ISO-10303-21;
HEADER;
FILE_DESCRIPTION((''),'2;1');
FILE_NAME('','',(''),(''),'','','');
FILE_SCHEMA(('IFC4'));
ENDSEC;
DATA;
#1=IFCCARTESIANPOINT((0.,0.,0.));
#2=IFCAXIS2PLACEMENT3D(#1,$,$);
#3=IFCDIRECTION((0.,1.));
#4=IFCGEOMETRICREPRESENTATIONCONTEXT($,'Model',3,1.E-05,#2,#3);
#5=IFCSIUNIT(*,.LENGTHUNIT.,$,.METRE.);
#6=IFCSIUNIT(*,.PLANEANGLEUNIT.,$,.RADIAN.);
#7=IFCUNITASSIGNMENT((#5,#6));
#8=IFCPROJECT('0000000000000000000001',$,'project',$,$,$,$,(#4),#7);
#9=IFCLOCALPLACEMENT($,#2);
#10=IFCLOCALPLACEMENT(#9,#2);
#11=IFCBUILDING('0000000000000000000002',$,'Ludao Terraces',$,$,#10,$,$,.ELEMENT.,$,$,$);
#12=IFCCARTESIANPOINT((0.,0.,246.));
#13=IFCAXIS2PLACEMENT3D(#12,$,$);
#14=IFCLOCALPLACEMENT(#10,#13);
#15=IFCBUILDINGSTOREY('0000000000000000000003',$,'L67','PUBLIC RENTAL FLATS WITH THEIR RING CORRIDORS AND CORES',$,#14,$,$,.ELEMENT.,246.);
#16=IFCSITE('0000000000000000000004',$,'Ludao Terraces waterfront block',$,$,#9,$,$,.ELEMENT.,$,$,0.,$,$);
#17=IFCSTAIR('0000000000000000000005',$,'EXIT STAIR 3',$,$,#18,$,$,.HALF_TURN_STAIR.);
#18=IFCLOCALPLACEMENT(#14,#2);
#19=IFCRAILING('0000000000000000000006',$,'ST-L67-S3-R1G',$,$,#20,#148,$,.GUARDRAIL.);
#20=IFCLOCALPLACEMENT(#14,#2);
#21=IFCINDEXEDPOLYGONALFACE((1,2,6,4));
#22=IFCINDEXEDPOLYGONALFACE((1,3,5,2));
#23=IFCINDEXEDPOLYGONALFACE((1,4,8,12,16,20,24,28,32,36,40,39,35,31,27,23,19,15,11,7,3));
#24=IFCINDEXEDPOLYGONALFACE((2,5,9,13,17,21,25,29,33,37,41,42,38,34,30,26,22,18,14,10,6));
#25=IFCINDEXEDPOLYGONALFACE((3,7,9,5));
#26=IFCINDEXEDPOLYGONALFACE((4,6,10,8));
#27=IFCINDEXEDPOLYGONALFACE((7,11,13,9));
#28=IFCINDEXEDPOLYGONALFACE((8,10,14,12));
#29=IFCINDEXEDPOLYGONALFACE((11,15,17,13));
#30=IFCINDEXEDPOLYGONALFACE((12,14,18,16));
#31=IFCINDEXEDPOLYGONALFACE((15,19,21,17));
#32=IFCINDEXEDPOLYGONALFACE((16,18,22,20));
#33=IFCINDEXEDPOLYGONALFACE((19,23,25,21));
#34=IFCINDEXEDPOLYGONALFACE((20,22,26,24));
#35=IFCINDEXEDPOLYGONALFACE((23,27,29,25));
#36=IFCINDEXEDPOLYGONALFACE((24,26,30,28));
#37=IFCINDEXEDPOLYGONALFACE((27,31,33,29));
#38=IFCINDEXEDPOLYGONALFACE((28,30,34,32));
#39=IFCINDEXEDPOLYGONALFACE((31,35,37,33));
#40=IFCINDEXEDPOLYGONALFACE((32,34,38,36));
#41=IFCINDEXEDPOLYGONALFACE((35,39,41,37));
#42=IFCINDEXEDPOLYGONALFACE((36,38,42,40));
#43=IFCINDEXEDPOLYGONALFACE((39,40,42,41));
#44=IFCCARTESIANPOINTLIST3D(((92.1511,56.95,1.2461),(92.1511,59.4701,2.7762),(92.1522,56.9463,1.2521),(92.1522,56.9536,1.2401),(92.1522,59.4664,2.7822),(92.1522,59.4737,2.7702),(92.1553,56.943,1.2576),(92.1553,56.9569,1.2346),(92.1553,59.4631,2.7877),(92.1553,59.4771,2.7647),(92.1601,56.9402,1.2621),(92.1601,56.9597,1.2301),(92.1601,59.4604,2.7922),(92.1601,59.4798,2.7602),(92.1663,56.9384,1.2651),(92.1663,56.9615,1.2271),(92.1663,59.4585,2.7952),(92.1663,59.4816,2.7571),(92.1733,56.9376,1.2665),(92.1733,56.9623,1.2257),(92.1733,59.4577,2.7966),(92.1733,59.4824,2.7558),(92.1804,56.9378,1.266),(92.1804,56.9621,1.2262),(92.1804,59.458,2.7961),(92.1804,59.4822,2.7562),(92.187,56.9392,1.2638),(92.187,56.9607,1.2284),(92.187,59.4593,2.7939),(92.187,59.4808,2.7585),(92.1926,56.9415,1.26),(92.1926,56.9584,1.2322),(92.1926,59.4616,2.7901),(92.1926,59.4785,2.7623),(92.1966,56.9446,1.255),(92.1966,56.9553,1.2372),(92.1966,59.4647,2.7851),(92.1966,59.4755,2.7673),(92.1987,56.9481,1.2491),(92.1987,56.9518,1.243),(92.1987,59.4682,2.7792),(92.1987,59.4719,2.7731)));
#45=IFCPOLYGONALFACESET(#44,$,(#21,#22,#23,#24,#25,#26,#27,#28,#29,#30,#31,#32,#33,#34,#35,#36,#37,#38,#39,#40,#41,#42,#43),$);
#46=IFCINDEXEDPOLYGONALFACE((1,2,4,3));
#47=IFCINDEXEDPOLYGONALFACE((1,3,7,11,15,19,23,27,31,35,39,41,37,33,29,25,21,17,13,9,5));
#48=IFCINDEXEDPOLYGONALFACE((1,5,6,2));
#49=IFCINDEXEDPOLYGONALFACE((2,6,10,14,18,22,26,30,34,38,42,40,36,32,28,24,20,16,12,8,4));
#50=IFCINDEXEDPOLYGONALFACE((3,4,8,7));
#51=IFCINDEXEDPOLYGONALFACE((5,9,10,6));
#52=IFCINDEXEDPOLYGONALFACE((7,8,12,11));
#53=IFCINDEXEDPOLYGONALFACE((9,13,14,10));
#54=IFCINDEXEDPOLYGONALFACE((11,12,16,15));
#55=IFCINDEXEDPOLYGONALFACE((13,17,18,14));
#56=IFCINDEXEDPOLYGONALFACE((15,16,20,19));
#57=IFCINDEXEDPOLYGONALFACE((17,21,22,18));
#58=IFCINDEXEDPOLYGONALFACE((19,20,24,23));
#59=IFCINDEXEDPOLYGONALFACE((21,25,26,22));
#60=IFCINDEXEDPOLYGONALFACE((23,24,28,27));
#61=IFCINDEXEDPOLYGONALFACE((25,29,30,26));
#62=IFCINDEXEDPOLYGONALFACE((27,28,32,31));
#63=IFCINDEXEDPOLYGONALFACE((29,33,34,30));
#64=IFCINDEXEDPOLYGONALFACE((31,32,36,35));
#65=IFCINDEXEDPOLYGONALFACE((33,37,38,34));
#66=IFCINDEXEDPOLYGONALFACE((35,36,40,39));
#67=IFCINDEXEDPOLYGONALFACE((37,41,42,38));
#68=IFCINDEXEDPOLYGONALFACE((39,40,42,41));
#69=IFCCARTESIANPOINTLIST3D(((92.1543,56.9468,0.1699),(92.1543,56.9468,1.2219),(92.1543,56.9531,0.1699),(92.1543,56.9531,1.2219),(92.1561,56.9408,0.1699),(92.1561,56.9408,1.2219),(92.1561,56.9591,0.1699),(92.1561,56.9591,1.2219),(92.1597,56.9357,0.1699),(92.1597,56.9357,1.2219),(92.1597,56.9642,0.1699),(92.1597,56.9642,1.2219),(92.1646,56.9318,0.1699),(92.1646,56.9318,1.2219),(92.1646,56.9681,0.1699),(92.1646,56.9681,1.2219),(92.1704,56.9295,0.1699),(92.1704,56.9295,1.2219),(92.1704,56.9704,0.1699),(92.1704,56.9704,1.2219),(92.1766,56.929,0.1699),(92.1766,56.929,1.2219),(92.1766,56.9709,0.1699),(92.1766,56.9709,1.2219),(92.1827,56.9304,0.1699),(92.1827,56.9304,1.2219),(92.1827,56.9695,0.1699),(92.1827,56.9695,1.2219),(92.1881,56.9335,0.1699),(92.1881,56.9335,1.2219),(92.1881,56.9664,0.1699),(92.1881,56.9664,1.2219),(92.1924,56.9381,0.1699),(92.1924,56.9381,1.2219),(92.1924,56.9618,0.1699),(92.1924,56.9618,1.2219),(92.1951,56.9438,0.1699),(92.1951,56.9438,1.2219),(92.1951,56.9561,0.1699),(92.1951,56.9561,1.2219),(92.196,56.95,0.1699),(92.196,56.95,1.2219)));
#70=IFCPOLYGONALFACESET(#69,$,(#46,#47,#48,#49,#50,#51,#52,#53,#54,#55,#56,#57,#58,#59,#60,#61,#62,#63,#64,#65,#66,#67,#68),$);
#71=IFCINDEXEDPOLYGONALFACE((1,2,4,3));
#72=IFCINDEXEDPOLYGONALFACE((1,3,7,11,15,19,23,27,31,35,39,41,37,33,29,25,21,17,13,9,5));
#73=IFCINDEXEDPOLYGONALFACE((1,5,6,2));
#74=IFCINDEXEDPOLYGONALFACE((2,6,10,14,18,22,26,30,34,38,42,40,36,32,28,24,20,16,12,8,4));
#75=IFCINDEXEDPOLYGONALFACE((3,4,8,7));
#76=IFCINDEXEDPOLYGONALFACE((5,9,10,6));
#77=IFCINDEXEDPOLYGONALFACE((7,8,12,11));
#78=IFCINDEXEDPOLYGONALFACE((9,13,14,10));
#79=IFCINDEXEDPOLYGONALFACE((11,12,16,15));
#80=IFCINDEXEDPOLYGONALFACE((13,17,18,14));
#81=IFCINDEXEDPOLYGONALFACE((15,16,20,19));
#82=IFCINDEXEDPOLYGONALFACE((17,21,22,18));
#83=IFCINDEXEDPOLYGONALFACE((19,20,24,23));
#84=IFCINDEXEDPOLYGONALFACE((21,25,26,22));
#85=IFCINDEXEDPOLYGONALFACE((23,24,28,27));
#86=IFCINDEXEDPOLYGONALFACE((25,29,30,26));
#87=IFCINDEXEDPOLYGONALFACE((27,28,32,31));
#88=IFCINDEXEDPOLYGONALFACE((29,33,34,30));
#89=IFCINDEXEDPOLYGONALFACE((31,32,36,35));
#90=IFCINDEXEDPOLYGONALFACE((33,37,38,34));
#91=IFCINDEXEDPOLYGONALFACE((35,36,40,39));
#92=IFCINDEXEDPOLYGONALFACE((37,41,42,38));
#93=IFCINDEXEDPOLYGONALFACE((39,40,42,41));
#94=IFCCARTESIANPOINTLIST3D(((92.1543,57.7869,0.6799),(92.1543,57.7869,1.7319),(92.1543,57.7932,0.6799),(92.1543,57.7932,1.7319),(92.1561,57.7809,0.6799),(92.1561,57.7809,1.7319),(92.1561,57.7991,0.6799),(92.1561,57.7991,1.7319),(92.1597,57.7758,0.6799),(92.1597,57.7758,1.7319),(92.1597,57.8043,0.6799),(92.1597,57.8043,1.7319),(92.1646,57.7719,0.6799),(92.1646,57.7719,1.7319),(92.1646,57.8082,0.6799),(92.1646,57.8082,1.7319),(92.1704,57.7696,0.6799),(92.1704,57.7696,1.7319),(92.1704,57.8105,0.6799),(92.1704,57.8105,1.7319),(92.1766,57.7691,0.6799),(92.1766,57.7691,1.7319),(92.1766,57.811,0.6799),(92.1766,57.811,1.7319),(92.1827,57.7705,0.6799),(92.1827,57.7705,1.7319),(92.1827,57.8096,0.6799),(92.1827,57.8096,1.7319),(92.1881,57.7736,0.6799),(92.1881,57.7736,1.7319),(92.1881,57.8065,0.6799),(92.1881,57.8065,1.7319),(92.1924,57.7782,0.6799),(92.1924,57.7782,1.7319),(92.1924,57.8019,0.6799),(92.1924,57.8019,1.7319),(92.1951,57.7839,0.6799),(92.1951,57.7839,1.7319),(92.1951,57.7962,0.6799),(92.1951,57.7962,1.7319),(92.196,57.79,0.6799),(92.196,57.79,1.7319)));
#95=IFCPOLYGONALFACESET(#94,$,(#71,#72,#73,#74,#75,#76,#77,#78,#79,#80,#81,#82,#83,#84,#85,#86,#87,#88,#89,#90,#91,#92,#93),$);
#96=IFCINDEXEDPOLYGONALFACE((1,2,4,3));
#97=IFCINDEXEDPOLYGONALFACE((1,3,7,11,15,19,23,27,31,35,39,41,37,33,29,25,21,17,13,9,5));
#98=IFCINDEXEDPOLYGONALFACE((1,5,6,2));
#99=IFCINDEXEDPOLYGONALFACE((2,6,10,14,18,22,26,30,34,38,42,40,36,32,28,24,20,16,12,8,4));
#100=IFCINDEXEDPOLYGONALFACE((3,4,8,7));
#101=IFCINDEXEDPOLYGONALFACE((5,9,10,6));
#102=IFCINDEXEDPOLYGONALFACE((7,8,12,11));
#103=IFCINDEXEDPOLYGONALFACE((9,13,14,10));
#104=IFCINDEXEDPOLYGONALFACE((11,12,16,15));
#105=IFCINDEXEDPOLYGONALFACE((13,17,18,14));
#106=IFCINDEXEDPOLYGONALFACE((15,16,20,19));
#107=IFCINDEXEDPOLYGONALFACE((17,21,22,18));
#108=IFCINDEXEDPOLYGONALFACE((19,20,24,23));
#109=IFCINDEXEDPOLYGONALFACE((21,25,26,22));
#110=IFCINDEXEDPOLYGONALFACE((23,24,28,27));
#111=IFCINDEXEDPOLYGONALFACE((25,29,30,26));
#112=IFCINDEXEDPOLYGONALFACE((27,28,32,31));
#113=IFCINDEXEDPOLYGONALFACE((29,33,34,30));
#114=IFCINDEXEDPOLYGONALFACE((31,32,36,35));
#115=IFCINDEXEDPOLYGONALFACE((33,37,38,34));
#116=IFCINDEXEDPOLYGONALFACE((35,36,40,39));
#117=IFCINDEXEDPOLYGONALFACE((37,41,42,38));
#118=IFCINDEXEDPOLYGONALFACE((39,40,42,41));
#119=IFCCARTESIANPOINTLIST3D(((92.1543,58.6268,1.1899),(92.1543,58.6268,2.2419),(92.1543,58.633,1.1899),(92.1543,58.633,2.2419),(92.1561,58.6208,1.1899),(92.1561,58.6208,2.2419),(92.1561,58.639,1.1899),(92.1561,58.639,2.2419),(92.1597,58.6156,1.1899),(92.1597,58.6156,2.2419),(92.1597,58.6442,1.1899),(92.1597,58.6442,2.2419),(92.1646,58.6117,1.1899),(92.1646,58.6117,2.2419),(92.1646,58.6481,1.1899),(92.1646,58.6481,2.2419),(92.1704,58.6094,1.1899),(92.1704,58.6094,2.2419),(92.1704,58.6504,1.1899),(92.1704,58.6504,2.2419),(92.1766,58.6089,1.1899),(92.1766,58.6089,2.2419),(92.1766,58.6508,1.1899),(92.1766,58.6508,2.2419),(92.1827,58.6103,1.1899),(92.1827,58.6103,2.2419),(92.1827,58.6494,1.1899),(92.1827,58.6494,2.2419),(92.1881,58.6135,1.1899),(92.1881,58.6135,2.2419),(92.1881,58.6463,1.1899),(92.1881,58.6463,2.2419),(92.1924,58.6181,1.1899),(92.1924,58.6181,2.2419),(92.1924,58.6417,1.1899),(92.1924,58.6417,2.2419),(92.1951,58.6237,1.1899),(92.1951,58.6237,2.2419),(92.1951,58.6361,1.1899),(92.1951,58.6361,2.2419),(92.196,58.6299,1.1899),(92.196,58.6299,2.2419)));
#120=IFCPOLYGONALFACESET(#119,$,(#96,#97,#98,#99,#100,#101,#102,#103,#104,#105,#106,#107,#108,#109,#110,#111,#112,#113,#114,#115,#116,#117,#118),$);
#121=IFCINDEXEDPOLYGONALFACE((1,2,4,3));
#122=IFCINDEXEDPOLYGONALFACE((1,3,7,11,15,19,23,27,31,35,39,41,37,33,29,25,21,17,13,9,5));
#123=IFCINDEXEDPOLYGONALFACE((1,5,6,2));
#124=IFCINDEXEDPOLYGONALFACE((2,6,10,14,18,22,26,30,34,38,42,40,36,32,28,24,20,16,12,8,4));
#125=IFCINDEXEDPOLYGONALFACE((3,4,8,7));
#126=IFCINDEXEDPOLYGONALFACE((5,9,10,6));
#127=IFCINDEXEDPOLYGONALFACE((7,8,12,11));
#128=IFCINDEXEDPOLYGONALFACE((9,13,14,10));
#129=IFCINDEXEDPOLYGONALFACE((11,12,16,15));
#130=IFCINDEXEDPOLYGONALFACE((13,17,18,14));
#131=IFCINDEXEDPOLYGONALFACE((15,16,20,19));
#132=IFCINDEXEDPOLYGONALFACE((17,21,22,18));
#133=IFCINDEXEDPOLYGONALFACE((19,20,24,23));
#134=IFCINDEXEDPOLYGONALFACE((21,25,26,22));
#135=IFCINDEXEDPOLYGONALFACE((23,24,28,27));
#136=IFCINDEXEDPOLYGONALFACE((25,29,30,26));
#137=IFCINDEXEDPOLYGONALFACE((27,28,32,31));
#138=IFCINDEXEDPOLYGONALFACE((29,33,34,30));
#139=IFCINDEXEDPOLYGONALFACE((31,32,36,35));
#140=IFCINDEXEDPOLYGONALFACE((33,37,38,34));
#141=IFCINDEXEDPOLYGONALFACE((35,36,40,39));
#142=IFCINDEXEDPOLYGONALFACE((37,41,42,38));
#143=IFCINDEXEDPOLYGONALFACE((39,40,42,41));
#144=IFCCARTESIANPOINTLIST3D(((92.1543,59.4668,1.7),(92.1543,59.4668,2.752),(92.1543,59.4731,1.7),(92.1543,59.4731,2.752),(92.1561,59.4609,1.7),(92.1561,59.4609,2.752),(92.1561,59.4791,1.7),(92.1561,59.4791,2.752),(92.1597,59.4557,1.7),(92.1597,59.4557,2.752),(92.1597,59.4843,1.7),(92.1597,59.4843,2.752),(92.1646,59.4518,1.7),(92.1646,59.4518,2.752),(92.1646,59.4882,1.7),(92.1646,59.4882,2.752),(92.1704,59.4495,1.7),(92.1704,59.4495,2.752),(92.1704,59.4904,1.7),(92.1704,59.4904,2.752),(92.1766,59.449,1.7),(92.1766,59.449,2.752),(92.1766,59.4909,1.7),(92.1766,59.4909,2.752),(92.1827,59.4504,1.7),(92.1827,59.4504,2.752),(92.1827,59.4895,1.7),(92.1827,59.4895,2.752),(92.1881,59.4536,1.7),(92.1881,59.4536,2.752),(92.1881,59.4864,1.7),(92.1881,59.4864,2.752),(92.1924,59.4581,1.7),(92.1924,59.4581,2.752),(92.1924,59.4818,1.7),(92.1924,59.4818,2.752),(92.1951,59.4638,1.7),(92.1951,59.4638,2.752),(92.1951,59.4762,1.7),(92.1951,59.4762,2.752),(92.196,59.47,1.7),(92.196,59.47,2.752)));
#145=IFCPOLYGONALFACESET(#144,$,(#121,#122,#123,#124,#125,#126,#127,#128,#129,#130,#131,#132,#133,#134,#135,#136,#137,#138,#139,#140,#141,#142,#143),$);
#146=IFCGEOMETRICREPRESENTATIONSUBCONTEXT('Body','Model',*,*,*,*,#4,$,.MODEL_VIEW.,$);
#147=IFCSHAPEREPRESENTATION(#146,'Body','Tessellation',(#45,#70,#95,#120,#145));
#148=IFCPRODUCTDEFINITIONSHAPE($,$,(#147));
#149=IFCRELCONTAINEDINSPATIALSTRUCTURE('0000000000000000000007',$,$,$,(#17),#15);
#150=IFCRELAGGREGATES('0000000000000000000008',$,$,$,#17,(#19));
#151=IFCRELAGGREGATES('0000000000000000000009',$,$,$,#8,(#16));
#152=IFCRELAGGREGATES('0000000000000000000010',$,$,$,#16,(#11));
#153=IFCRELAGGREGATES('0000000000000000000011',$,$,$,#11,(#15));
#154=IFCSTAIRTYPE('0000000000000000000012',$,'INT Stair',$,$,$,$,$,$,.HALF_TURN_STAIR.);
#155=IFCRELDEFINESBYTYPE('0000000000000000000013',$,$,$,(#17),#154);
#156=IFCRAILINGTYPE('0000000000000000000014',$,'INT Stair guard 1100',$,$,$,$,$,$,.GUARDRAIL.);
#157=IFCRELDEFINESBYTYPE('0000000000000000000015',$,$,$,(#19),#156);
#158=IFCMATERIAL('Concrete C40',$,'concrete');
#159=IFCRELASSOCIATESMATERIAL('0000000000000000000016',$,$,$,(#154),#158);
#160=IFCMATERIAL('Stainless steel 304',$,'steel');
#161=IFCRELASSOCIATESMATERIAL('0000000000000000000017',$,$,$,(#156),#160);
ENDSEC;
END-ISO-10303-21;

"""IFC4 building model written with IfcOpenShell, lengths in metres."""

from ifc_helpers import new_model, si_unit, direction, frame, origin, origin_2d, place, context, subcontext, project, spatial, circle, extrude, material, type_object, element, aggregate, save


model = new_model("IFC4")

# Units and contexts
model_context = context("Model", 3, precision=1e-05, world=origin(), true_north=direction((0.0, 1.0)))
body_context = subcontext(model_context, "Body", "Model", "MODEL_VIEW")
ifc_project = project(units=[si_unit("LENGTHUNIT", "METRE"), si_unit("PLANEANGLEUNIT", "RADIAN")], contexts=[model_context])

# Site, building, storey
site_placement = place(None, origin())
site = spatial("IfcSite", under=ifc_project, at=site_placement, Name="Ludao Terraces waterfront block", CompositionType="ELEMENT", RefElevation=0.0)
building_placement = place(site_placement, origin())
building = spatial("IfcBuilding", under=site, at=building_placement, Name="Ludao Terraces", CompositionType="ELEMENT")
storey_placement = place(building_placement, frame((0.0, 0.0, 246.0)))
storey = spatial("IfcBuildingStorey", under=building, at=storey_placement, Name="L67", Description="PUBLIC RENTAL FLATS WITH THEIR RING CORRIDORS AND CORES", CompositionType="ELEMENT", Elevation=246.0)

# Shared definitions
ifc_material_1 = material(Name="Concrete C40", Category="concrete")

# Stair, railing
stair_type = type_object("IfcStairType", Name="INT Stair", PredefinedType="HALF_TURN_STAIR", material=ifc_material_1)
stair_placement = place(storey_placement, origin())
stair = element("IfcStair", 1, at=stair_placement, inside=storey, type_object=stair_type, Name="EXIT STAIR 3", PredefinedType="HALF_TURN_STAIR")
ifc_material_2 = material(Name="Stainless steel 304", Category="steel")
railing_type_1 = type_object("IfcRailingType", Name="INT Stair guard 1100", PredefinedType="GUARDRAIL", material=ifc_material_2)
railing_1_placement = place(storey_placement, frame((92.175, 56.95, 0.1699)))
railing_1 = element("IfcRailing", 2, at=railing_1_placement, type_object=railing_type_1, Name="ST-L67-S3-R1G", PredefinedType="GUARDRAIL", context=body_context, shape_type="SweptSolid", body=[
    extrude(circle(Radius=0.0239, at=origin_2d()), frame((0.0, 0.0, 1.0762), z_axis=(0.0, 0.854785, 0.518982), x_axis=(-1.0, 0.0, 0.0)), (0.0, 0.0, 1.0), 2.9482),
    extrude(circle(Radius=0.021, at=origin_2d()), origin(), (0.0, 0.0, 1.0), 1.052),
    extrude(circle(Radius=0.021, at=origin_2d()), frame((0.0, 0.8401, 0.51)), (0.0, 0.0, 1.0), 1.052),
    extrude(circle(Radius=0.021, at=origin_2d()), frame((0.0, 1.6799, 1.02)), (0.0, 0.0, 1.0), 1.052),
    extrude(circle(Radius=0.021, at=origin_2d()), frame((0.0, 2.52, 1.53)), (0.0, 0.0, 1.0), 1.052),
])
aggregate(stair, [railing_1])

save(model, "model.ifc")
